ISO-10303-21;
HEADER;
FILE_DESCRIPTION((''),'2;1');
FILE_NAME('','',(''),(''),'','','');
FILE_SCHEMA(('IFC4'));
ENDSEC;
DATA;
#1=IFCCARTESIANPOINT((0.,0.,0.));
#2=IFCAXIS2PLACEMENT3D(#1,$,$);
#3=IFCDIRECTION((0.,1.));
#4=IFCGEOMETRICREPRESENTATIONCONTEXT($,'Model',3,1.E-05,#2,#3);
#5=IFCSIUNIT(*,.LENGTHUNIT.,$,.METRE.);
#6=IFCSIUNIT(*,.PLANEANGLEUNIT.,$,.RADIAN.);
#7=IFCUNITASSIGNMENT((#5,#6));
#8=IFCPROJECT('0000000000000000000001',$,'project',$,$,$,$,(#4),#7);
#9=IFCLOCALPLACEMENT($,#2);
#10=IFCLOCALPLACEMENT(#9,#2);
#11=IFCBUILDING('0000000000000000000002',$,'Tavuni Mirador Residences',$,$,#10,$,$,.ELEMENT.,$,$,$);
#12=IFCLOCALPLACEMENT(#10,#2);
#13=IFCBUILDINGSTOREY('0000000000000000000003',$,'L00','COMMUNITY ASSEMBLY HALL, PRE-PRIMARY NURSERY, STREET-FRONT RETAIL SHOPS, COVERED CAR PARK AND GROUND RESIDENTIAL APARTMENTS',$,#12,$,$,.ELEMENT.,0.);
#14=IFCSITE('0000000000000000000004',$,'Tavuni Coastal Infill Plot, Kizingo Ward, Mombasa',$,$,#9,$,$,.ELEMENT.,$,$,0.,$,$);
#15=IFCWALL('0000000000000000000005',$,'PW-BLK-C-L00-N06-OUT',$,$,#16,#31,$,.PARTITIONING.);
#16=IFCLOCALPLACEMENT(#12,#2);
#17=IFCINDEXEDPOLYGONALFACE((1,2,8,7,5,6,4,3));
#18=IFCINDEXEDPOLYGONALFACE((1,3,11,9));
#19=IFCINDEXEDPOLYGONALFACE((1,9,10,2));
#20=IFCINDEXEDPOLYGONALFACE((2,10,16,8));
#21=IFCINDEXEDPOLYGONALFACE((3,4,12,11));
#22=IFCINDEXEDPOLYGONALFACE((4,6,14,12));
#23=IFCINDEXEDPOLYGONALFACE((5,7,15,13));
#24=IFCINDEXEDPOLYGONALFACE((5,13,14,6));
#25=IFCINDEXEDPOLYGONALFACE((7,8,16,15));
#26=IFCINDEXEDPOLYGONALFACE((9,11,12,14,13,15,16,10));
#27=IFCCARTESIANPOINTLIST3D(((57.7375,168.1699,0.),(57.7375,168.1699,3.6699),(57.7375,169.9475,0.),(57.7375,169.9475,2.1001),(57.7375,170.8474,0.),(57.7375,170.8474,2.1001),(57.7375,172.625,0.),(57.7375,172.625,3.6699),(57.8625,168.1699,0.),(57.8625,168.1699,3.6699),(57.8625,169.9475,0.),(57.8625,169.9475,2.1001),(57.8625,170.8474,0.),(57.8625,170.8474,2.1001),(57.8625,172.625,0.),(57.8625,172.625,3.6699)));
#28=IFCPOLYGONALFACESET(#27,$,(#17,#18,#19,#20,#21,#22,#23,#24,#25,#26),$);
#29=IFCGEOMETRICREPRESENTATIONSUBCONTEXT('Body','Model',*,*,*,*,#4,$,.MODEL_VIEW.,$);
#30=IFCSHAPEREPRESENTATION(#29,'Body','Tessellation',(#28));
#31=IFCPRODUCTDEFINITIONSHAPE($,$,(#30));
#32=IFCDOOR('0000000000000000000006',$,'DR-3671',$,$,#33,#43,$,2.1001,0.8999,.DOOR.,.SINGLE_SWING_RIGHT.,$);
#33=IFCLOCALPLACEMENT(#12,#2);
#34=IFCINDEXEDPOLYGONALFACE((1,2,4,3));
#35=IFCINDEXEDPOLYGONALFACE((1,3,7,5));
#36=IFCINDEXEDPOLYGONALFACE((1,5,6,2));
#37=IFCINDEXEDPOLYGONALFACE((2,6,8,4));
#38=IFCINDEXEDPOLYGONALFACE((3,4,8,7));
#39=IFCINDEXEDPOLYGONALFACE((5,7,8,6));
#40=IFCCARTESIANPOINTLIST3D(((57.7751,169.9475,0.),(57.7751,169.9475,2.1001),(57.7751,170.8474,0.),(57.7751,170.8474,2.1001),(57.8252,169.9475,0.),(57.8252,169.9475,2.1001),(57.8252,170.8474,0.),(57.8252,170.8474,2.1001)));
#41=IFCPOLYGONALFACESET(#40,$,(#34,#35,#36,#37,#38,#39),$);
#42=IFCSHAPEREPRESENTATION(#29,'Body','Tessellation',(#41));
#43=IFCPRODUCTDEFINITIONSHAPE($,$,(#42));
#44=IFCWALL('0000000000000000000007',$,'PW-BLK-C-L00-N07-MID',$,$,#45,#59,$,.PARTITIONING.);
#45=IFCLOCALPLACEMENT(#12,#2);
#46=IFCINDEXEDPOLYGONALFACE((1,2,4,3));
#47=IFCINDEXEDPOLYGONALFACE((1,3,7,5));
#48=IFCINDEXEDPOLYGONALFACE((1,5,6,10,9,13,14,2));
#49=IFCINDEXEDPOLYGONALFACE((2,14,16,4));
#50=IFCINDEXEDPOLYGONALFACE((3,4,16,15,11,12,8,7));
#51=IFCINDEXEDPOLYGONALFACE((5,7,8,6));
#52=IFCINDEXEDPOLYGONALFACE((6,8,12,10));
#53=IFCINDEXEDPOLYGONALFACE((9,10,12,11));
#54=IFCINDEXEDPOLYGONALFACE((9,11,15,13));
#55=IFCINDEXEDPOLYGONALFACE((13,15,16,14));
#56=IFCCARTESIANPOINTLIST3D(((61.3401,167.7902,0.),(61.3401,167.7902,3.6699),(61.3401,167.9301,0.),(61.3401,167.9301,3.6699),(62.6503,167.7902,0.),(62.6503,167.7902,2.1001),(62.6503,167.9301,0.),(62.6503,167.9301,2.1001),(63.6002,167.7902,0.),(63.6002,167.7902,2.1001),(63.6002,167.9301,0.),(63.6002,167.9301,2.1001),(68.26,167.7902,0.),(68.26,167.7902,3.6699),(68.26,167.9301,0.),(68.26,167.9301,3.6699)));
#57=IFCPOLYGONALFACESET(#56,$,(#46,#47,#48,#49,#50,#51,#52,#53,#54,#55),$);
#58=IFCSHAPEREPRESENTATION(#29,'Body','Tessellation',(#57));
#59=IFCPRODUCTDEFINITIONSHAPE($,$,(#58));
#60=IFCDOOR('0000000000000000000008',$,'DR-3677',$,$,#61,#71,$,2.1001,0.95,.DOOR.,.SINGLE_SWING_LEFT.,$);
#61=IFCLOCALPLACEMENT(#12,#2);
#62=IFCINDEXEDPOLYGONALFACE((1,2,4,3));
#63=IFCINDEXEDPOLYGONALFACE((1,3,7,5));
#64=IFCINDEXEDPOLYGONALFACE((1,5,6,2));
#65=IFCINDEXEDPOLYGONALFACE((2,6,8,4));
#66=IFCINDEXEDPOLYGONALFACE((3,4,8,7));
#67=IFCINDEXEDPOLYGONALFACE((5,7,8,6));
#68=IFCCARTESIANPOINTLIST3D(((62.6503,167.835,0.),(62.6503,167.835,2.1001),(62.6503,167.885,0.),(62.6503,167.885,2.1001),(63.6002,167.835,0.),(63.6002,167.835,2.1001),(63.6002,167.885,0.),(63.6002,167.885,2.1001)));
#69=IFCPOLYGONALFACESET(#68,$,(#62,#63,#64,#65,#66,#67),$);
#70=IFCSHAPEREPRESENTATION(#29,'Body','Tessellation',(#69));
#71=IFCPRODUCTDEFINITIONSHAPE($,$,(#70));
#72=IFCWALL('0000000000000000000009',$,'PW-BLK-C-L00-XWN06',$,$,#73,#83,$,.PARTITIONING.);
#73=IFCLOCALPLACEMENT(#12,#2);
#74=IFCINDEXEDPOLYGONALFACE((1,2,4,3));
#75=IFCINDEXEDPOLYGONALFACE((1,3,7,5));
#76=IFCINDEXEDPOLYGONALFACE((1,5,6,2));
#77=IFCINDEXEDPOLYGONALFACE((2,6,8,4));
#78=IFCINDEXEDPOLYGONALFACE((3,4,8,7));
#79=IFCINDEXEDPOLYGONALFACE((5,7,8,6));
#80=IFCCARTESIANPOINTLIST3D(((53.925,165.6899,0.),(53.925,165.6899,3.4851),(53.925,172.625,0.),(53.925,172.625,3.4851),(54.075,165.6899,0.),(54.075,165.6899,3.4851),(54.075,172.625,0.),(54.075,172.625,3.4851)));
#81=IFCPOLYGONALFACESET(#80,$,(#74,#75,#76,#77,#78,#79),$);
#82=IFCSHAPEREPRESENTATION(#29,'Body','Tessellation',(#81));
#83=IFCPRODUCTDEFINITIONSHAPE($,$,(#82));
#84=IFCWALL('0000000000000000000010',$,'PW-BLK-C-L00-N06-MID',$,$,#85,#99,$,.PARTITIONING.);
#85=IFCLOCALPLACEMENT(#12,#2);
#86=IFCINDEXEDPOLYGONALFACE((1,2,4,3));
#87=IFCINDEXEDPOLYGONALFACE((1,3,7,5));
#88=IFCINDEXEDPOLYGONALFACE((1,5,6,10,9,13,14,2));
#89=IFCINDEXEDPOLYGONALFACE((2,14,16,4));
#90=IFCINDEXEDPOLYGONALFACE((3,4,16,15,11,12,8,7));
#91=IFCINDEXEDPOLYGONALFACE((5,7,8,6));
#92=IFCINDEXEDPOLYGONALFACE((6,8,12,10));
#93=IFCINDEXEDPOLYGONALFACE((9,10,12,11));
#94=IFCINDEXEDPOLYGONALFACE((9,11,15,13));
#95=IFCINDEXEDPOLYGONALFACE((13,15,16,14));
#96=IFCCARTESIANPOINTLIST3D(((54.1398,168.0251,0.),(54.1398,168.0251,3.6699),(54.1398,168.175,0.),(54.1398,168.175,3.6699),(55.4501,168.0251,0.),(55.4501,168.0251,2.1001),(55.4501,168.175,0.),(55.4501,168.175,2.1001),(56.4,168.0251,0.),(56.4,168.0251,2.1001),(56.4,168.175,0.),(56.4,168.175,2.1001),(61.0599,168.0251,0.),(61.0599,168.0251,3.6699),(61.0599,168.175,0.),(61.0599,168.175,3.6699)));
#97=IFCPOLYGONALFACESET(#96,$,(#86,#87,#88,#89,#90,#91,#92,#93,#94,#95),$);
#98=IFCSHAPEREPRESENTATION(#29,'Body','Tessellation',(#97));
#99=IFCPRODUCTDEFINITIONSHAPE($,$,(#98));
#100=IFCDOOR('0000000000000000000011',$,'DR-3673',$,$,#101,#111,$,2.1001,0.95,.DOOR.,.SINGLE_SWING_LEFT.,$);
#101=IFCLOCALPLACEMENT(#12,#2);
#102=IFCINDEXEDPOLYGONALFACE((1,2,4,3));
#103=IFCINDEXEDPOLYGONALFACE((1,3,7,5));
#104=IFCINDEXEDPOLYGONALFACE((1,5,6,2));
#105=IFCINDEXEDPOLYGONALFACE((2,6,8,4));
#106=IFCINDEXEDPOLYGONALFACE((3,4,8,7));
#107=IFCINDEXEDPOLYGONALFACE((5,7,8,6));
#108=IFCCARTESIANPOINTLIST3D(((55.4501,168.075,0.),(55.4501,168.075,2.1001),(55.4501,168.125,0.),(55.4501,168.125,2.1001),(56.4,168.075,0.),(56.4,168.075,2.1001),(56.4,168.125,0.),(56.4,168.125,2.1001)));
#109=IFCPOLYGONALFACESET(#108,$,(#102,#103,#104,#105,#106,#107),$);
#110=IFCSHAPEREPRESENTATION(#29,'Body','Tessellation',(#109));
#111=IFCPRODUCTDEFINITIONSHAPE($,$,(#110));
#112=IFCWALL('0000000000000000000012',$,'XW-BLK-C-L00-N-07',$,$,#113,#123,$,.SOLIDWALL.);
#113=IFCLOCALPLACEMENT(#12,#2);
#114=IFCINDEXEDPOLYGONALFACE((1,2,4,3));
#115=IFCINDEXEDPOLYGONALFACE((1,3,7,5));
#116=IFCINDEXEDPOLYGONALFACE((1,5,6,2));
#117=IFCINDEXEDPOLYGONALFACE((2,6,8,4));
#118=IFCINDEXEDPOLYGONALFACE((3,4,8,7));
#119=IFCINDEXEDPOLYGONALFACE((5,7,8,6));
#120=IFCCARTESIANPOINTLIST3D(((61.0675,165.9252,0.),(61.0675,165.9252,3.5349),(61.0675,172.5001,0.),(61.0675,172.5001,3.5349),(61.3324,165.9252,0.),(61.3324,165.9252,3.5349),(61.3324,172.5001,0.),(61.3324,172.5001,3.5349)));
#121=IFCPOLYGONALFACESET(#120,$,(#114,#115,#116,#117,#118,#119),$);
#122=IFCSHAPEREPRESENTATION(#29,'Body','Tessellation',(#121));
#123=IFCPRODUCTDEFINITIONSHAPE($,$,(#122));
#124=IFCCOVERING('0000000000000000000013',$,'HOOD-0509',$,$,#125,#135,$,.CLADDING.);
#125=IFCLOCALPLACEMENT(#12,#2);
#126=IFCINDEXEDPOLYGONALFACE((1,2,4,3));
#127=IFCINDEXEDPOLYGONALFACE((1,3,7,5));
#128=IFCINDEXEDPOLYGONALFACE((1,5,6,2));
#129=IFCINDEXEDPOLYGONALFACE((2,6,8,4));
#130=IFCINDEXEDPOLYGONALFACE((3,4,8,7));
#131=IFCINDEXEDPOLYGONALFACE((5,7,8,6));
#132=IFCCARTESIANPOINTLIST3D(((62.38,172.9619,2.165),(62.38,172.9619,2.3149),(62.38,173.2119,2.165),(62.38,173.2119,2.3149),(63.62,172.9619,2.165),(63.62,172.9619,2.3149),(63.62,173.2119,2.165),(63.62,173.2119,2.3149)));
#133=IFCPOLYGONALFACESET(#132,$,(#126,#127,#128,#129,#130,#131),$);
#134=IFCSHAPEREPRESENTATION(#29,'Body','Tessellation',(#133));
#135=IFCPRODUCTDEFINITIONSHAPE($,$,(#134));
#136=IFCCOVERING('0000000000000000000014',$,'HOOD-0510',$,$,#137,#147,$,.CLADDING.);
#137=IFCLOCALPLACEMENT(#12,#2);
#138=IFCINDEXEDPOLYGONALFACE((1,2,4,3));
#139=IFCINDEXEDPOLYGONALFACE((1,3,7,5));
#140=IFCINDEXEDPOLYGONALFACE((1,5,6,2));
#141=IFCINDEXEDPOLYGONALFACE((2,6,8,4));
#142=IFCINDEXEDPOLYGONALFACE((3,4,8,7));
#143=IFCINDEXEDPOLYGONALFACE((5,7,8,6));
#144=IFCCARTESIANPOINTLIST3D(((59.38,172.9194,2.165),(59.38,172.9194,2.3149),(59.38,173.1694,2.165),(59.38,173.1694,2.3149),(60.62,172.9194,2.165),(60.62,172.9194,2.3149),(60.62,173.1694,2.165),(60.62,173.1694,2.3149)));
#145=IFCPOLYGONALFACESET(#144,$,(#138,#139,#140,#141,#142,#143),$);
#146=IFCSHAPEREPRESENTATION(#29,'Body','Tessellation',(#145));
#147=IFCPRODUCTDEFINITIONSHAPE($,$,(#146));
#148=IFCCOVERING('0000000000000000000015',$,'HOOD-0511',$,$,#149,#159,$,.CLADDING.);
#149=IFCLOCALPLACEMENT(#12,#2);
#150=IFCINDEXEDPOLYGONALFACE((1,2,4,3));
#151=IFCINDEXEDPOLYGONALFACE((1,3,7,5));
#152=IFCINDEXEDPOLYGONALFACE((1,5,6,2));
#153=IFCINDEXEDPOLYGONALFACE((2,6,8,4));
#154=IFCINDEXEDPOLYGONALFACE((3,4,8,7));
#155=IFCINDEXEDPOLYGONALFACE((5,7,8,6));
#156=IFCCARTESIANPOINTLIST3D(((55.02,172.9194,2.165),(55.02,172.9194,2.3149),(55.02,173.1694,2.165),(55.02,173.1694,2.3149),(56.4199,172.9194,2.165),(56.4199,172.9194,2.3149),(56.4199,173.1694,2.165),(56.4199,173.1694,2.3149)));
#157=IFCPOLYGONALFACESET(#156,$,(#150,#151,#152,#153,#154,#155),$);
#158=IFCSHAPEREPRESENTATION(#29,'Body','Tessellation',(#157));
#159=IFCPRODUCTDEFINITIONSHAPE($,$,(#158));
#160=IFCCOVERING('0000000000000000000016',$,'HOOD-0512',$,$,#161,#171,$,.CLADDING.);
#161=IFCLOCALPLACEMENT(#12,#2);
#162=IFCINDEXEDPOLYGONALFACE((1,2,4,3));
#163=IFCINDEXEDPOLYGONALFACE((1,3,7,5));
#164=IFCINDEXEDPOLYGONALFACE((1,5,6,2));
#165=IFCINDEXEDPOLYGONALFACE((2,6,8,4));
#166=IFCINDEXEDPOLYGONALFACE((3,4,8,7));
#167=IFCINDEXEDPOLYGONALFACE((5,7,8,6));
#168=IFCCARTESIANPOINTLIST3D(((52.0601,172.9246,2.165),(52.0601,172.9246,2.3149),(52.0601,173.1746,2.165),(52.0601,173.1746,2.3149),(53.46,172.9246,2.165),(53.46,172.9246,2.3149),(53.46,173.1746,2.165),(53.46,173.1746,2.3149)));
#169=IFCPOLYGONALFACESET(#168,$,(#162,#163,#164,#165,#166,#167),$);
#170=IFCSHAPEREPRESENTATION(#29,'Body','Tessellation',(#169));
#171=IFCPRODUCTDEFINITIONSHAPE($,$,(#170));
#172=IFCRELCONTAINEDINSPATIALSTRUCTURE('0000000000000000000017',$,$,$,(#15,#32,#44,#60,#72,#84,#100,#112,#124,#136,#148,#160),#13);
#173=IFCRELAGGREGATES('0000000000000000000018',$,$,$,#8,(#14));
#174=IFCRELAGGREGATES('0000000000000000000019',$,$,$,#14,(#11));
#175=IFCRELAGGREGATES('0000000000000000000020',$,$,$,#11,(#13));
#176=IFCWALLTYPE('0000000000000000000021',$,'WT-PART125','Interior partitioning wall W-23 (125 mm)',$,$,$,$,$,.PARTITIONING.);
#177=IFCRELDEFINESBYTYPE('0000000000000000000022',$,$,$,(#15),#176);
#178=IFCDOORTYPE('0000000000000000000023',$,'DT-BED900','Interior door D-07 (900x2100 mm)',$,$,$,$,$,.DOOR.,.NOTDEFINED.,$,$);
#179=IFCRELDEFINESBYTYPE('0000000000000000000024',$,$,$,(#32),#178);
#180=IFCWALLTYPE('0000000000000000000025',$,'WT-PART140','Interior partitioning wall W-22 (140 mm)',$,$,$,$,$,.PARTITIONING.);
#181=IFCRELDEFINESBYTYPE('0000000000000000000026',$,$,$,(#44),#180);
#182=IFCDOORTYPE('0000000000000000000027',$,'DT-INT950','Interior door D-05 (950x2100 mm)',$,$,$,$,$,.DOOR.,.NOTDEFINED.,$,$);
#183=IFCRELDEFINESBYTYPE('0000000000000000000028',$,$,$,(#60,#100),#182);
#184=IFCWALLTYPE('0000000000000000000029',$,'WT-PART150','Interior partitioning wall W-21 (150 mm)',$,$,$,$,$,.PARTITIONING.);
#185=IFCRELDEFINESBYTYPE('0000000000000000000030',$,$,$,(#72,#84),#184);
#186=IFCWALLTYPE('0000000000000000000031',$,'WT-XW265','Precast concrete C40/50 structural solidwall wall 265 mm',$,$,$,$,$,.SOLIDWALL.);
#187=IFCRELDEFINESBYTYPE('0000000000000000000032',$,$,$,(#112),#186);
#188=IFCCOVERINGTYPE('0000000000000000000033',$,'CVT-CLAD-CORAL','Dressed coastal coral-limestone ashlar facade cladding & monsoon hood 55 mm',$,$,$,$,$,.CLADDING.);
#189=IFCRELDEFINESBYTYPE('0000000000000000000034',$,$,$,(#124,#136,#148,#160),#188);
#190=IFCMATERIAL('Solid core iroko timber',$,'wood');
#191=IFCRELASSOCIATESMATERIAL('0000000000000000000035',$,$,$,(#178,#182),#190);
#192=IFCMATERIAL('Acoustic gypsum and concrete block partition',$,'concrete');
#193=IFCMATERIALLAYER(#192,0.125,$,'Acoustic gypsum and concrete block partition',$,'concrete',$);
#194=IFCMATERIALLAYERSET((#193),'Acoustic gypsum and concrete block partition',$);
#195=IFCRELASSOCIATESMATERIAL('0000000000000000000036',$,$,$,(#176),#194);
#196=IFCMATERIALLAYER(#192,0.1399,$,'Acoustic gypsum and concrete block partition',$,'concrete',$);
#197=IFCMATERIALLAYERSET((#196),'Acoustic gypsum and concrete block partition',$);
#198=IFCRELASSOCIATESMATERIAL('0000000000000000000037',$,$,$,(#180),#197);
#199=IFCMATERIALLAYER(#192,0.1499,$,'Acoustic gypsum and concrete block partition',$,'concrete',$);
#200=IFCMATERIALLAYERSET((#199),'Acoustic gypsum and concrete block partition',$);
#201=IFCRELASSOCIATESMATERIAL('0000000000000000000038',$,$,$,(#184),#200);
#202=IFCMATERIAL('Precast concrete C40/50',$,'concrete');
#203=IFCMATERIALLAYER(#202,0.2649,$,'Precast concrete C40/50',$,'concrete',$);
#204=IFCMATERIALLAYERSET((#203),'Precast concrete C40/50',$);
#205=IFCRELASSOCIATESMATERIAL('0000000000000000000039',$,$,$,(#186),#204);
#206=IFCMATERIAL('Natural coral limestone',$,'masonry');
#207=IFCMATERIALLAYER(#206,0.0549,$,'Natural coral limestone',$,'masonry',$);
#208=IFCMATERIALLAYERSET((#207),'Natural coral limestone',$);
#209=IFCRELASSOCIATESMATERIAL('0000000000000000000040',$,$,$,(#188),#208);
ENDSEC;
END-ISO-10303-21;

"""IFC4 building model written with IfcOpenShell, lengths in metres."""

from ifc_helpers import new_model, si_unit, direction, frame, frame_2d, origin, origin_2d, place, context, subcontext, project, spatial, rectangle, extrude, material, layer, layer_set, type_object, element, fill, save


model = new_model("IFC4")

# Units and contexts
model_context = context("Model", 3, precision=1e-05, world=origin(), true_north=direction((0.0, 1.0)))
body_context = subcontext(model_context, "Body", "Model", "MODEL_VIEW")
ifc_project = project(units=[si_unit("LENGTHUNIT", "METRE"), si_unit("PLANEANGLEUNIT", "RADIAN")], contexts=[model_context])

# Site, building, storey
site_placement = place(None, origin())
site = spatial("IfcSite", under=ifc_project, at=site_placement, Name="Tavuni Coastal Infill Plot, Kizingo Ward, Mombasa", CompositionType="ELEMENT", RefElevation=0.0)
building_placement = place(site_placement, origin())
building = spatial("IfcBuilding", under=site, at=building_placement, Name="Tavuni Mirador Residences", CompositionType="ELEMENT")
storey_placement = place(building_placement, origin())
storey = spatial("IfcBuildingStorey", under=building, at=storey_placement, Name="L00", Description="COMMUNITY ASSEMBLY HALL, PRE-PRIMARY NURSERY, STREET-FRONT RETAIL SHOPS, COVERED CAR PARK AND GROUND RESIDENTIAL APARTMENTS", CompositionType="ELEMENT", Elevation=0.0)

# Shared definitions
ifc_material_1 = material(Name="Precast concrete C40/50", Category="concrete")

# Walls, openings, doors
ifc_material_2 = material(Name="Acoustic gypsum and concrete block partition", Category="concrete")
ifc_material_3 = material(Name="Solid core iroko timber", Category="wood")
door_type_1 = type_object("IfcDoorType", Name="DT-BED900", Description="Interior door D-07 (900x2100 mm)", OperationType="NOTDEFINED", PredefinedType="DOOR", material=ifc_material_3)
ifc_layer_1 = layer(ifc_material_2, 0.125, Name="Acoustic gypsum and concrete block partition", Category="concrete")
ifc_layer_set_1 = layer_set([ifc_layer_1], Name="Acoustic gypsum and concrete block partition")
wall_type_1 = type_object("IfcWallType", Name="WT-PART125", Description="Interior partitioning wall W-23 (125 mm)", PredefinedType="PARTITIONING", material=ifc_layer_set_1)
wall_1_placement = place(storey_placement, frame((57.8, 168.1699, 0.0), z_axis=(0.0, 0.0, 1.0), x_axis=(0.0, 1.0, 0.0)))
wall_1 = element("IfcWall", 1, at=wall_1_placement, inside=storey, type_object=wall_type_1, Name="PW-BLK-C-L00-N06-OUT", PredefinedType="PARTITIONING", context=body_context, shape_type="SweptSolid", body=[
    extrude(rectangle(XDim=4.4551, YDim=0.125, at=frame_2d((2.2275, 0.0))), origin(), (0.0, 0.0, 1.0), 3.6699),
])
opening_1_placement = place(wall_1_placement, frame((1.7776, 0.0, 0.0)))
opening_1 = element("IfcOpeningElement", 2, at=opening_1_placement, cuts=wall_1, PredefinedType="OPENING", context=body_context, shape_type="SweptSolid", body=[
    extrude(rectangle(XDim=0.8999, YDim=2.1001, at=frame_2d((0.45, 1.05))), frame((0.0, 0.0725, 0.0), z_axis=(0.0, -1.0, 0.0), x_axis=(1.0, 0.0, 0.0)), (0.0, 0.0, 1.0), 0.145),
])
door_1_placement = place(opening_1_placement, origin())
door_1 = element("IfcDoor", 3, at=door_1_placement, inside=storey, type_object=door_type_1, Name="DR-3671", OperationType="SINGLE_SWING_RIGHT", OverallHeight=2.1001, OverallWidth=0.8999, PredefinedType="DOOR", context=body_context, shape_type="SweptSolid", body=[
    extrude(rectangle(XDim=0.8999, YDim=2.1001, at=frame_2d((0.45, 1.05))), frame((0.0, 0.0249, 0.0), z_axis=(0.0, -1.0, 0.0), x_axis=(1.0, 0.0, 0.0)), (0.0, 0.0, 1.0), 0.05),
])
fill(opening_1, door_1)
ifc_layer_2 = layer(ifc_material_2, 0.1399, Name="Acoustic gypsum and concrete block partition", Category="concrete")
ifc_layer_set_2 = layer_set([ifc_layer_2], Name="Acoustic gypsum and concrete block partition")
wall_type_2 = type_object("IfcWallType", Name="WT-PART140", Description="Interior partitioning wall W-22 (140 mm)", PredefinedType="PARTITIONING", material=ifc_layer_set_2)
wall_2_placement = place(storey_placement, frame((61.3401, 167.8601, 0.0), z_axis=(0.0, 0.0, 1.0), x_axis=(1.0, 0.0, 0.0)))
wall_2 = element("IfcWall", 4, at=wall_2_placement, inside=storey, type_object=wall_type_2, Name="PW-BLK-C-L00-N07-MID", PredefinedType="PARTITIONING", context=body_context, shape_type="SweptSolid", body=[
    extrude(rectangle(XDim=6.9199, YDim=0.1399, at=frame_2d((3.46, 0.0))), origin(), (0.0, 0.0, 1.0), 3.6699),
])
opening_2_placement = place(wall_2_placement, frame((1.3101, 0.0, 0.0)))
opening_2 = element("IfcOpeningElement", 5, at=opening_2_placement, cuts=wall_2, PredefinedType="OPENING", context=body_context, shape_type="SweptSolid", body=[
    extrude(rectangle(XDim=0.95, YDim=2.1001, at=frame_2d((0.4751, 1.05))), frame((0.0, 0.0801, 0.0), z_axis=(0.0, -1.0, 0.0), x_axis=(1.0, 0.0, 0.0)), (0.0, 0.0, 1.0), 0.1599),
])
door_type_2 = type_object("IfcDoorType", Name="DT-INT950", Description="Interior door D-05 (950x2100 mm)", OperationType="NOTDEFINED", PredefinedType="DOOR", material=ifc_material_3)
door_2_placement = place(opening_2_placement, origin())
door_2 = element("IfcDoor", 6, at=door_2_placement, inside=storey, type_object=door_type_2, Name="DR-3677", OperationType="SINGLE_SWING_LEFT", OverallHeight=2.1001, OverallWidth=0.95, PredefinedType="DOOR", context=body_context, shape_type="SweptSolid", body=[
    extrude(rectangle(XDim=0.95, YDim=2.1001, at=frame_2d((0.4751, 1.05))), frame((0.0, 0.0249, 0.0), z_axis=(0.0, -1.0, 0.0), x_axis=(1.0, 0.0, 0.0)), (0.0, 0.0, 1.0), 0.05),
])
fill(opening_2, door_2)

# Wall
ifc_layer_3 = layer(ifc_material_2, 0.1499, Name="Acoustic gypsum and concrete block partition", Category="concrete")
ifc_layer_set_3 = layer_set([ifc_layer_3], Name="Acoustic gypsum and concrete block partition")
wall_type_3 = type_object("IfcWallType", Name="WT-PART150", Description="Interior partitioning wall W-21 (150 mm)", PredefinedType="PARTITIONING", material=ifc_layer_set_3)
wall_3_placement = place(storey_placement, frame((54.0, 165.6899, 0.0), z_axis=(0.0, 0.0, 1.0), x_axis=(0.0, 1.0, 0.0)))
element("IfcWall", 7, at=wall_3_placement, inside=storey, type_object=wall_type_3, Name="PW-BLK-C-L00-XWN06", PredefinedType="PARTITIONING", context=body_context, shape_type="SweptSolid", body=[
    extrude(rectangle(XDim=6.9351, YDim=0.1499, at=frame_2d((3.4675, 0.0))), origin(), (0.0, 0.0, 1.0), 3.4851),
])

# Wall, opening, door
wall_4_placement = place(storey_placement, frame((54.1399, 168.1001, 0.0), z_axis=(0.0, 0.0, 1.0), x_axis=(1.0, 0.0, 0.0)))
wall_4 = element("IfcWall", 8, at=wall_4_placement, inside=storey, type_object=wall_type_3, Name="PW-BLK-C-L00-N06-MID", PredefinedType="PARTITIONING", context=body_context, shape_type="SweptSolid", body=[
    extrude(rectangle(XDim=6.9202, YDim=0.1499, at=frame_2d((3.46, 0.0))), origin(), (0.0, 0.0, 1.0), 3.6699),
])
opening_3_placement = place(wall_4_placement, frame((1.3101, 0.0, 0.0)))
opening_3 = element("IfcOpeningElement", 9, at=opening_3_placement, cuts=wall_4, PredefinedType="OPENING", context=body_context, shape_type="SweptSolid", body=[
    extrude(rectangle(XDim=0.95, YDim=2.1001, at=frame_2d((0.4751, 1.05))), frame((0.0, 0.085, 0.0), z_axis=(0.0, -1.0, 0.0), x_axis=(1.0, 0.0, 0.0)), (0.0, 0.0, 1.0), 0.1699),
])
door_3_placement = place(opening_3_placement, origin())
door_3 = element("IfcDoor", 10, at=door_3_placement, inside=storey, type_object=door_type_2, Name="DR-3673", OperationType="SINGLE_SWING_LEFT", OverallHeight=2.1001, OverallWidth=0.95, PredefinedType="DOOR", context=body_context, shape_type="SweptSolid", body=[
    extrude(rectangle(XDim=0.95, YDim=2.1001, at=frame_2d((0.4751, 1.05))), frame((0.0, 0.0249, 0.0), z_axis=(0.0, -1.0, 0.0), x_axis=(1.0, 0.0, 0.0)), (0.0, 0.0, 1.0), 0.05),
])
fill(opening_3, door_3)

# Wall
ifc_layer_4 = layer(ifc_material_1, 0.2649, Name="Precast concrete C40/50", Category="concrete")
ifc_layer_set_4 = layer_set([ifc_layer_4], Name="Precast concrete C40/50")
wall_type_4 = type_object("IfcWallType", Name="WT-XW265", Description="Precast concrete C40/50 structural solidwall wall 265 mm", PredefinedType="SOLIDWALL", material=ifc_layer_set_4)
wall_5_placement = place(storey_placement, frame((61.2, 165.925, 0.0), z_axis=(0.0, 0.0, 1.0), x_axis=(0.0, 1.0, 0.0)))
element("IfcWall", 11, at=wall_5_placement, inside=storey, type_object=wall_type_4, Name="XW-BLK-C-L00-N-07", PredefinedType="SOLIDWALL", context=body_context, shape_type="SweptSolid", body=[
    extrude(rectangle(XDim=6.575, YDim=0.2649, at=frame_2d((3.2876, 0.0))), origin(), (0.0, 0.0, 1.0), 3.5349),
])

# Coverings
ifc_material_4 = material(Name="Natural coral limestone", Category="masonry")
ifc_layer_5 = layer(ifc_material_4, 0.0549, Name="Natural coral limestone", Category="masonry")
ifc_layer_set_5 = layer_set([ifc_layer_5], Name="Natural coral limestone")
covering_type = type_object("IfcCoveringType", Name="CVT-CLAD-CORAL", Description="Dressed coastal coral-limestone ashlar facade cladding & monsoon hood 55 mm", PredefinedType="CLADDING", material=ifc_layer_set_5)
for number, where, z_axis, x_axis, name in (
    (12, (63.0, 173.0869, 2.165), (0.0, 0.0, 1.0), (-1.0, 0.0, 0.0), "HOOD-0509"),
    (13, (60.0, 173.0444, 2.165), (0.0, 0.0, 1.0), (-1.0, 0.0, 0.0), "HOOD-0510"),
):
    element("IfcCovering", number, at=place(storey_placement, frame(where, z_axis=z_axis, x_axis=x_axis)), inside=storey, type_object=covering_type, Name=name, PredefinedType="CLADDING", context=body_context, shape_type="SweptSolid", body=[
        extrude(rectangle(XDim=1.24, YDim=0.25, at=origin_2d()), origin(), (0.0, 0.0, 1.0), 0.1499),
    ])
for number, where, z_axis, x_axis, name in (
    (14, (55.72, 173.0444, 2.165), (0.0, 0.0, 1.0), (-1.0, 0.0, 0.0), "HOOD-0511"),
    (15, (52.76, 173.0496, 2.165), (0.0, 0.0, 1.0), (-1.0, 0.0, 0.0), "HOOD-0512"),
):
    element("IfcCovering", number, at=place(storey_placement, frame(where, z_axis=z_axis, x_axis=x_axis)), inside=storey, type_object=covering_type, Name=name, PredefinedType="CLADDING", context=body_context, shape_type="SweptSolid", body=[
        extrude(rectangle(XDim=1.3999, YDim=0.25, at=origin_2d()), origin(), (0.0, 0.0, 1.0), 0.1499),
    ])

save(model, "model.ifc")
